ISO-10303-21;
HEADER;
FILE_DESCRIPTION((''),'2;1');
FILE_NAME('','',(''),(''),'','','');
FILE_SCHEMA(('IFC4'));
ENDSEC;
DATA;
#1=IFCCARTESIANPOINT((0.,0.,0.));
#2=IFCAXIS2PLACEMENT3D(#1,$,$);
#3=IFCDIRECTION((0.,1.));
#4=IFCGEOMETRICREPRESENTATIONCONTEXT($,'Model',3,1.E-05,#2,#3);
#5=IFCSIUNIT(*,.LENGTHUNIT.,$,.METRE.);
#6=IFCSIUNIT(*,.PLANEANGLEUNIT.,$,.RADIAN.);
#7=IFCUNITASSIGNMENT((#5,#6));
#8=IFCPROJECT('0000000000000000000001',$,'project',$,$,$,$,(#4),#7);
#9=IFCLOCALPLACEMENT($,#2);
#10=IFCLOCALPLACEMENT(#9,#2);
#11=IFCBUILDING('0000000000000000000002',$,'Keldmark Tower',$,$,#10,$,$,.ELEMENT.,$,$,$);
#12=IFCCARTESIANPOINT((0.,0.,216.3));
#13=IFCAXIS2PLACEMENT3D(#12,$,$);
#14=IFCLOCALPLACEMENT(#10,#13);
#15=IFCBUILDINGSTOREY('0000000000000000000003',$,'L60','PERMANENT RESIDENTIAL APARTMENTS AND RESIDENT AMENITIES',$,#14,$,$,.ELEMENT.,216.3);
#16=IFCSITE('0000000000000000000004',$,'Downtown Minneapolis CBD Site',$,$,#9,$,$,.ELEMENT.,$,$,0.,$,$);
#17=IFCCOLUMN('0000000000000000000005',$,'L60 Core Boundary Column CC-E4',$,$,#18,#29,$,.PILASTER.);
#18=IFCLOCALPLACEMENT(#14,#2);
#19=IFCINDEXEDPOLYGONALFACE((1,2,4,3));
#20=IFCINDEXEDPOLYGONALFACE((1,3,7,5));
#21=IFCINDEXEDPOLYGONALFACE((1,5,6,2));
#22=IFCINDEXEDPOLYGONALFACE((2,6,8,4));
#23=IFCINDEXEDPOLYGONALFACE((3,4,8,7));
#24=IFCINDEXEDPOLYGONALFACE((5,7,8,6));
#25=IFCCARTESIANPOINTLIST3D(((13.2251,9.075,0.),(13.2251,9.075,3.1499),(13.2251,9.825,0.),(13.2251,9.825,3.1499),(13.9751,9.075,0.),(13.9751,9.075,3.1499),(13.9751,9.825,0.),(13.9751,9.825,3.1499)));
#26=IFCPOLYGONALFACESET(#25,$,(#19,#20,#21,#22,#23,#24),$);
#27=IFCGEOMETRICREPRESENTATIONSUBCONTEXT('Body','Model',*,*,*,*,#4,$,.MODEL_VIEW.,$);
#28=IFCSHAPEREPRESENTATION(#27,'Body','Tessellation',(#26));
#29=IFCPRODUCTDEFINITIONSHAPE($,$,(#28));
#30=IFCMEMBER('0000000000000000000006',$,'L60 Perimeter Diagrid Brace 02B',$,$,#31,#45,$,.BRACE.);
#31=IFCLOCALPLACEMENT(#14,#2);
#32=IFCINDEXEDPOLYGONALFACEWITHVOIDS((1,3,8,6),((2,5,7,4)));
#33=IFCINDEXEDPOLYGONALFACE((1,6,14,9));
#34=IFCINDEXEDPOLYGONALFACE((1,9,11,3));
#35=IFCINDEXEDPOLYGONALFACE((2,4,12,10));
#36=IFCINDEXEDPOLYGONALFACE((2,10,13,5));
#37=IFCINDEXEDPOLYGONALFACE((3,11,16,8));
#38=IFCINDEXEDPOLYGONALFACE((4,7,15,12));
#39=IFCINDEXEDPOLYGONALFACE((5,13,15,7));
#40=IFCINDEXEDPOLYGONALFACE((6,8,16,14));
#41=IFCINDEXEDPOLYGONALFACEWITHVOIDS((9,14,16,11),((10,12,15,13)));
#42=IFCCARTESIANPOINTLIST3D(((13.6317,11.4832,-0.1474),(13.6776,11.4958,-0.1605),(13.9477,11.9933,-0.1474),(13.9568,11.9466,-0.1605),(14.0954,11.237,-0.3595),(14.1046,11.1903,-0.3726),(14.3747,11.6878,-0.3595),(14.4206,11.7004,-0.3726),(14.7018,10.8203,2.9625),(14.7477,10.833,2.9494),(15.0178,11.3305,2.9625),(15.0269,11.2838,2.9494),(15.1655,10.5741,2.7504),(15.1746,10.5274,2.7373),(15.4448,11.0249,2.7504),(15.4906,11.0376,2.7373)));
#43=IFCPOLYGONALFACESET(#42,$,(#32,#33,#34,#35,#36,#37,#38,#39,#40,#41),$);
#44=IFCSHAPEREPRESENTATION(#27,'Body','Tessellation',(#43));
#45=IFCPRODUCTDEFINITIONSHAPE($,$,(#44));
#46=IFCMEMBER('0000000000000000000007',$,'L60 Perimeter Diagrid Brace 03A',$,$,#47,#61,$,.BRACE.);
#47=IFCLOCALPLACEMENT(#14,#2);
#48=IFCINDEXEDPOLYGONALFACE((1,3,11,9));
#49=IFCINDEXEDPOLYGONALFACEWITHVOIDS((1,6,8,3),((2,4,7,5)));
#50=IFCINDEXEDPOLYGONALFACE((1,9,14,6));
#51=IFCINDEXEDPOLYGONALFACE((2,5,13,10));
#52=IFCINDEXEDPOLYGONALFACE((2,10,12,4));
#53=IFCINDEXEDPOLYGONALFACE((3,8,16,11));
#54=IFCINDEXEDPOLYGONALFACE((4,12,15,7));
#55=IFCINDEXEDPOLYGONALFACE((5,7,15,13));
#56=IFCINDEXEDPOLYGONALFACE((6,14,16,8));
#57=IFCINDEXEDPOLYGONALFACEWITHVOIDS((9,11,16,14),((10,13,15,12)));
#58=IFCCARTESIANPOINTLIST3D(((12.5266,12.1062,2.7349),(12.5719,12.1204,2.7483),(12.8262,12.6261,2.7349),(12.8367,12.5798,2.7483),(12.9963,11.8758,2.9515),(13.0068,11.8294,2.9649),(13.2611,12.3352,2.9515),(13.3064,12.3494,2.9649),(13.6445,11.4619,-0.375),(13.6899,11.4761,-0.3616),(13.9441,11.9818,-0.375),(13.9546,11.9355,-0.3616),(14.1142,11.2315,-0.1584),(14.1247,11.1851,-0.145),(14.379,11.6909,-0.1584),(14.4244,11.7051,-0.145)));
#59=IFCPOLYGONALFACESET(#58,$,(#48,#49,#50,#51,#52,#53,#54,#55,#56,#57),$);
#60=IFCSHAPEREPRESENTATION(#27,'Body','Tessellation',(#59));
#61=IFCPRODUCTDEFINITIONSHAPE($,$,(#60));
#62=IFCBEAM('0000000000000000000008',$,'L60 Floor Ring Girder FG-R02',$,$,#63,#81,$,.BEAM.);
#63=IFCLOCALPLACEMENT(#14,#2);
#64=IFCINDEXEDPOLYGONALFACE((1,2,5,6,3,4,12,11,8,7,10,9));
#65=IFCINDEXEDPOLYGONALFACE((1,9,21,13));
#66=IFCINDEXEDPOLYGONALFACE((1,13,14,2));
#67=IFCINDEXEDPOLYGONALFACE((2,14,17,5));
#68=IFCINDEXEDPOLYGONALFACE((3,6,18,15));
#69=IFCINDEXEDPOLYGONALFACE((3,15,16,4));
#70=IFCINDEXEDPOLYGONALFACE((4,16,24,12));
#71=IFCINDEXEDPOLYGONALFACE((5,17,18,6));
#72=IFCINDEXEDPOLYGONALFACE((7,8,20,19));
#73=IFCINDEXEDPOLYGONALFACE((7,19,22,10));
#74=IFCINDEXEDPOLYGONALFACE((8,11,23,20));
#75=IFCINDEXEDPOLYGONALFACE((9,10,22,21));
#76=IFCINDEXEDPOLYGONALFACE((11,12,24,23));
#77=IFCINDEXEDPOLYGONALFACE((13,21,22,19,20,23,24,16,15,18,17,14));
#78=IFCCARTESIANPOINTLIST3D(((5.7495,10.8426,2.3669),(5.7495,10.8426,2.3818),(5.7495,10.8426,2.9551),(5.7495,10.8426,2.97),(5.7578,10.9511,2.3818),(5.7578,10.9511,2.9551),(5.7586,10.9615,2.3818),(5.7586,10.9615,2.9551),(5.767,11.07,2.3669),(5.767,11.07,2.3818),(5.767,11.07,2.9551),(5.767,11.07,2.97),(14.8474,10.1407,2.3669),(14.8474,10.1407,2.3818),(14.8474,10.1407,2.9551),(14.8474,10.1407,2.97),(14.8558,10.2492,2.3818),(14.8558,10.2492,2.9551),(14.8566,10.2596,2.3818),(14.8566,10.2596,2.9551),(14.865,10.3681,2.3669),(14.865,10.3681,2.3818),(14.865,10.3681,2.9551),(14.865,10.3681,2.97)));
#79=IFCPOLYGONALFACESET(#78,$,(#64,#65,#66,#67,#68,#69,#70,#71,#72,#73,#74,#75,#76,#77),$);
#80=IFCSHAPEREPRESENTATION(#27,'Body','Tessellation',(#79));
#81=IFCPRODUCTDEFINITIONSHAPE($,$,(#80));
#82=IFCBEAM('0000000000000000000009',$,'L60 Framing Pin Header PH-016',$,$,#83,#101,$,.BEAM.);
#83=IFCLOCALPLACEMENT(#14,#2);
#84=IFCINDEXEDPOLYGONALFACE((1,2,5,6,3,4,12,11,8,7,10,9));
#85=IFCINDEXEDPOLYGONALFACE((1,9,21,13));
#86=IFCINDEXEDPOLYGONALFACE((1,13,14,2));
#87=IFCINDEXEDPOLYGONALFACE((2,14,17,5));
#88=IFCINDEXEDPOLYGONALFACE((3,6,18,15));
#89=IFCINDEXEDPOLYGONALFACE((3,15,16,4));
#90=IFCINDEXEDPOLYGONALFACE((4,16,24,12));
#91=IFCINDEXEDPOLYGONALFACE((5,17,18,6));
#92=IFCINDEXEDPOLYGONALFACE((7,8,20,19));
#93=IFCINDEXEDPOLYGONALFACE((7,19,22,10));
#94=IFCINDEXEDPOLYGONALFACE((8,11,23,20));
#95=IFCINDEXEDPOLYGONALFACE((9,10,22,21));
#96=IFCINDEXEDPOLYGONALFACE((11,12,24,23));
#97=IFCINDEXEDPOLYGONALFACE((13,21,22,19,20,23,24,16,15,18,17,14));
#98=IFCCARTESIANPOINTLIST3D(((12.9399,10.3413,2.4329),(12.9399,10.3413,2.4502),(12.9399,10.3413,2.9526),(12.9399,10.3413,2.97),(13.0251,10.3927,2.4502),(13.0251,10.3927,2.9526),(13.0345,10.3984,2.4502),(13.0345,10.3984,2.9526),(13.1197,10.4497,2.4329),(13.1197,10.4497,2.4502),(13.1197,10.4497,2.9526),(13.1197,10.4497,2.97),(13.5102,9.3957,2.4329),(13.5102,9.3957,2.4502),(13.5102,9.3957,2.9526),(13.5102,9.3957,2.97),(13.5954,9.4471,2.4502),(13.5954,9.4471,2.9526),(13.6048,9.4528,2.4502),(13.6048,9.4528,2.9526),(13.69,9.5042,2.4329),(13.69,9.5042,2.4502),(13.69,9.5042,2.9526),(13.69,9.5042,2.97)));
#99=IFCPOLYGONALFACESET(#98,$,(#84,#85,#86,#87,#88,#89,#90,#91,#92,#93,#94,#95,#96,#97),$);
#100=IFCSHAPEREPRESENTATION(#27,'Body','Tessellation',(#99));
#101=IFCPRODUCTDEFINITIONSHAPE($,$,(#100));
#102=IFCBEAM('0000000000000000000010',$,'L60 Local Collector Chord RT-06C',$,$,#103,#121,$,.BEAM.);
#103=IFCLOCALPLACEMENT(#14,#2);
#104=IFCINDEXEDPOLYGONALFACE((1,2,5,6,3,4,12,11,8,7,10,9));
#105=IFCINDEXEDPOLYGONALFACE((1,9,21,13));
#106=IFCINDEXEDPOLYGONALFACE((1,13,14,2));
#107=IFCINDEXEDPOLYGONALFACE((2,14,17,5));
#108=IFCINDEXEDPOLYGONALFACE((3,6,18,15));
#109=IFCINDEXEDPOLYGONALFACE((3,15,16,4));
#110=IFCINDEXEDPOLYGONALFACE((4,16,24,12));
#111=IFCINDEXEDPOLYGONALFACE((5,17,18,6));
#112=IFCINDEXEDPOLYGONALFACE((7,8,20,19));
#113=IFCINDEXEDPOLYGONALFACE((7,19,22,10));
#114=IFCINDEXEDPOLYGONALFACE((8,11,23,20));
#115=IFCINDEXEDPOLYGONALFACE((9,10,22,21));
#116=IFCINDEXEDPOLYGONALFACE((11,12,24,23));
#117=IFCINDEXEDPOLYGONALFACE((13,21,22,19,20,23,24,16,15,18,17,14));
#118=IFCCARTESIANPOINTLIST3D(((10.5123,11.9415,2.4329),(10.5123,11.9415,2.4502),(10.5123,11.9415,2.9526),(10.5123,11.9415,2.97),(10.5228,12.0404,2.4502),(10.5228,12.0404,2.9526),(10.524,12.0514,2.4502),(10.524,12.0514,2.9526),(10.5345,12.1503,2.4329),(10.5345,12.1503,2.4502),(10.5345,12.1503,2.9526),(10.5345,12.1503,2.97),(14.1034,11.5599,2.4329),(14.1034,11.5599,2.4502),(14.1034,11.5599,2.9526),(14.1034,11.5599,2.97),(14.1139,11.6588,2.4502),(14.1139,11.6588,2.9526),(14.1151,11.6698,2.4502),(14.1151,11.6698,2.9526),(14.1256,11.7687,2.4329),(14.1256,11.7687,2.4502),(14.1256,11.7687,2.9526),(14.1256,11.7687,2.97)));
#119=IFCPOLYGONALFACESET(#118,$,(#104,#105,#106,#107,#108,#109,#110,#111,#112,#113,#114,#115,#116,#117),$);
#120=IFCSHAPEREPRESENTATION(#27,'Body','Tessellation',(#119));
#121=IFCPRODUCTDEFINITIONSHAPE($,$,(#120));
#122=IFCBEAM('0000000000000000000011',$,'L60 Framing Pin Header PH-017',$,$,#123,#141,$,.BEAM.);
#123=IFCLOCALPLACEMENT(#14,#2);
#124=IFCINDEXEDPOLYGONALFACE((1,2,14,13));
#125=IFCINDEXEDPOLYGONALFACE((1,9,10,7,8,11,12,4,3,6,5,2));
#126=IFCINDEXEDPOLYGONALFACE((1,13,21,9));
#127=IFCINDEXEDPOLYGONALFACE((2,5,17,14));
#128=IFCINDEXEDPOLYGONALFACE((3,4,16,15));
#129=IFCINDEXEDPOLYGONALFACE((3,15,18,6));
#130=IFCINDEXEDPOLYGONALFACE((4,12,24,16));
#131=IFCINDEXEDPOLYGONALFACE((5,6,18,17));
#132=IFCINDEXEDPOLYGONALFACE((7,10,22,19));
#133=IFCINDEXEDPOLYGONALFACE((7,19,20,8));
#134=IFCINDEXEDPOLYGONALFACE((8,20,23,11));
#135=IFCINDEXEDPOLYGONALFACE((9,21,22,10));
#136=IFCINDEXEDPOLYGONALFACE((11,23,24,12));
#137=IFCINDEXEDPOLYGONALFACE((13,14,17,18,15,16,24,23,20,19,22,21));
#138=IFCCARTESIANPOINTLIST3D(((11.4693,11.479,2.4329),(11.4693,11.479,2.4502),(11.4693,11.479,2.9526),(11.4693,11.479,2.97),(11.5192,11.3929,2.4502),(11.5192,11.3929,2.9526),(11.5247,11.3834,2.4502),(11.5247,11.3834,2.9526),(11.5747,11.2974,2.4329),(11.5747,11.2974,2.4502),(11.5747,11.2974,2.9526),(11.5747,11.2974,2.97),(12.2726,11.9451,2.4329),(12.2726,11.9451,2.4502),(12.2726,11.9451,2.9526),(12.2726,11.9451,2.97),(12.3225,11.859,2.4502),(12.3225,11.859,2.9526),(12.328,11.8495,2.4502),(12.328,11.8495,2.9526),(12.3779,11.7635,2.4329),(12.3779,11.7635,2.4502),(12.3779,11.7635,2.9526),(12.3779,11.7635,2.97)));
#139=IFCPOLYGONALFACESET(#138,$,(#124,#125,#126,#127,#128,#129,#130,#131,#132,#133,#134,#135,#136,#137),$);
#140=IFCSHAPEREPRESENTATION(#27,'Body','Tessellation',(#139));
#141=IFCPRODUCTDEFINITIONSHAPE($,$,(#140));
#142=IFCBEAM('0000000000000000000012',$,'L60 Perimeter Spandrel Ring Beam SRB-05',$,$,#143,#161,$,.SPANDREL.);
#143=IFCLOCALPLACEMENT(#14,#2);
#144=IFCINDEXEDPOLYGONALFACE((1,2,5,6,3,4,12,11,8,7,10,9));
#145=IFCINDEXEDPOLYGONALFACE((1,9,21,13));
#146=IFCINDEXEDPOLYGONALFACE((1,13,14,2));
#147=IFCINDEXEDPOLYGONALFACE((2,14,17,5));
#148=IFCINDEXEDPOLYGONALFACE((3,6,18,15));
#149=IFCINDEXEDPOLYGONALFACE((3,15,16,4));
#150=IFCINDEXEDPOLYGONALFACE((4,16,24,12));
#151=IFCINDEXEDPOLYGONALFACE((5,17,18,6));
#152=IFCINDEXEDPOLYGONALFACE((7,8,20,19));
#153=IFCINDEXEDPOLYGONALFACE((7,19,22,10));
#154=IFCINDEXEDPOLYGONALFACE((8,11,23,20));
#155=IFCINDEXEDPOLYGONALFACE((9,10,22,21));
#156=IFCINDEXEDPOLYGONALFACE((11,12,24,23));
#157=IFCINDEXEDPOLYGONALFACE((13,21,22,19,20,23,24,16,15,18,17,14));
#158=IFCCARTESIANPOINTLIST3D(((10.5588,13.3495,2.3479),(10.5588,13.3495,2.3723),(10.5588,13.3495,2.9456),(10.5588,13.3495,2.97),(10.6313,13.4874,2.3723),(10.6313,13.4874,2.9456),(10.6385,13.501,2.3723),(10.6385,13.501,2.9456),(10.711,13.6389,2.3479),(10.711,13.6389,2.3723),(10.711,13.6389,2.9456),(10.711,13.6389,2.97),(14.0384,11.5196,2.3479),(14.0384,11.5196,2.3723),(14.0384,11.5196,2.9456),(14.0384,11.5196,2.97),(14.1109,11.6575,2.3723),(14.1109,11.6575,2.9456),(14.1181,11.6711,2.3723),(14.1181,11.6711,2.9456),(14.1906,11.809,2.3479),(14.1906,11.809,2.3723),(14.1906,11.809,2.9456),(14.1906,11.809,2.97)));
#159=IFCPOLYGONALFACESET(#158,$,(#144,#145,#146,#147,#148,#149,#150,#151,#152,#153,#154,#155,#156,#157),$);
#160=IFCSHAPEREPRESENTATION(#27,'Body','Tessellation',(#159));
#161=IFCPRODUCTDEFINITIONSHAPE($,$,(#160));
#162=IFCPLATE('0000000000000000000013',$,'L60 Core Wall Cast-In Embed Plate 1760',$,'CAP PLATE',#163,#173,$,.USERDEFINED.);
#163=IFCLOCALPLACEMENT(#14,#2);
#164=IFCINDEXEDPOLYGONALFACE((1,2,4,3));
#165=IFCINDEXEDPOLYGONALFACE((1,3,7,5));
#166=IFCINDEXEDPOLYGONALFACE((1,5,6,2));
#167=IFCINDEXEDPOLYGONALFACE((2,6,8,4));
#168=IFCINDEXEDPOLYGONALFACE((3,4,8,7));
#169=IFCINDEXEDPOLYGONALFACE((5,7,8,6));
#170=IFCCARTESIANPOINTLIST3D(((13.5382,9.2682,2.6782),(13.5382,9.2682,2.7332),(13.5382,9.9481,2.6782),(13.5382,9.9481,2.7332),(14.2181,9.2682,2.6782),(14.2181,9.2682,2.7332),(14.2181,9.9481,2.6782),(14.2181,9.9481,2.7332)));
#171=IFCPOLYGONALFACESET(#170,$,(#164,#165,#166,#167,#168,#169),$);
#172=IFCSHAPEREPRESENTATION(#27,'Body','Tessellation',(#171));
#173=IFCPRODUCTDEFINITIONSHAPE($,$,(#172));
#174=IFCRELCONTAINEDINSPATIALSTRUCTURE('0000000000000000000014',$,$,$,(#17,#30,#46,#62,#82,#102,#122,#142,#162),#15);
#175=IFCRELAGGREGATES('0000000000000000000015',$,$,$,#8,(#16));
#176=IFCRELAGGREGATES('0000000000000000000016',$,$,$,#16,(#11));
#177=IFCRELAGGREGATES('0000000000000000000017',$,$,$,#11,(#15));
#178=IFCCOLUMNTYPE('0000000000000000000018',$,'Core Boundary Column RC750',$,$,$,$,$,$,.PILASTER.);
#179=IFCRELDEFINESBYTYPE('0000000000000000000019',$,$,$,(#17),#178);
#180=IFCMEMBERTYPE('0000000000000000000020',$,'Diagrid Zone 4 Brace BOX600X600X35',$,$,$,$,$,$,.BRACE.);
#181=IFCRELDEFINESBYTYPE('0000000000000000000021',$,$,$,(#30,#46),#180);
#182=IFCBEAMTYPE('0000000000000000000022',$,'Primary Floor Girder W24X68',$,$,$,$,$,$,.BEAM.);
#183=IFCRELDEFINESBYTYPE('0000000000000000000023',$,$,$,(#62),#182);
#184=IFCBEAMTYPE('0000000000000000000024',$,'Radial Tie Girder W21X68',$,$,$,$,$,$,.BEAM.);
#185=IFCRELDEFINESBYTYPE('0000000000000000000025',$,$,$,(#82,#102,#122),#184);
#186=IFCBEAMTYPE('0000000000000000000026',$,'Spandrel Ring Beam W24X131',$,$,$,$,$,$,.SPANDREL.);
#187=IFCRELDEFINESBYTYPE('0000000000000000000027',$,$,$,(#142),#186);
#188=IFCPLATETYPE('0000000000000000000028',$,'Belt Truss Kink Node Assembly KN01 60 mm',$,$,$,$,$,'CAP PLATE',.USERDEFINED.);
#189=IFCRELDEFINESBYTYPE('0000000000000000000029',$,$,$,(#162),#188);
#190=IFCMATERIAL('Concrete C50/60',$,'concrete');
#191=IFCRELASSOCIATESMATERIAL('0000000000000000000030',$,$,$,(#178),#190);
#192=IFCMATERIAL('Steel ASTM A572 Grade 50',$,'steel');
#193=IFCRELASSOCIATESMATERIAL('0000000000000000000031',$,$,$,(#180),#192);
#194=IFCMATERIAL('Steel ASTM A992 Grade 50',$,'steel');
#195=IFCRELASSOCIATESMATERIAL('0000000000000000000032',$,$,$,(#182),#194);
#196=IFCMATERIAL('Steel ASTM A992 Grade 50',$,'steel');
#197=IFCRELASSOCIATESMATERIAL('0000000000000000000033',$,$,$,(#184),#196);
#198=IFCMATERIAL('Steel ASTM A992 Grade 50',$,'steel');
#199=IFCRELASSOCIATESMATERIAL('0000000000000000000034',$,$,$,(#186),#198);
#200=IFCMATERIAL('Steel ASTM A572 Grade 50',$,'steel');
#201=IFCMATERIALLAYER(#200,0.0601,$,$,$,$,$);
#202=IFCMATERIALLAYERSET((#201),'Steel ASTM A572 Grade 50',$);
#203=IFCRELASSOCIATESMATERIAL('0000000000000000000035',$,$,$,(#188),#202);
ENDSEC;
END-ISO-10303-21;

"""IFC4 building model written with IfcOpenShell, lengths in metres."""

from ifc_helpers import new_model, si_unit, direction, frame, origin, origin_2d, place, context, subcontext, project, spatial, rectangle, hollow_rectangle, i_section, extrude, material, layer, layer_set, material_profile, profile_set, type_object, element, save


model = new_model("IFC4")

# Units and contexts
model_context = context("Model", 3, precision=1e-05, world=origin(), true_north=direction((0.0, 1.0)))
body_context = subcontext(model_context, "Body", "Model", "MODEL_VIEW")
ifc_project = project(units=[si_unit("LENGTHUNIT", "METRE"), si_unit("PLANEANGLEUNIT", "RADIAN")], contexts=[model_context])

# Site, building, storey
site_placement = place(None, origin())
site = spatial("IfcSite", under=ifc_project, at=site_placement, Name="Downtown Minneapolis CBD Site", CompositionType="ELEMENT", RefElevation=0.0)
building_placement = place(site_placement, origin())
building = spatial("IfcBuilding", under=site, at=building_placement, Name="Keldmark Tower", CompositionType="ELEMENT")
storey_placement = place(building_placement, frame((0.0, 0.0, 216.3)))
storey = spatial("IfcBuildingStorey", under=building, at=storey_placement, Name="L60", Description="PERMANENT RESIDENTIAL APARTMENTS AND RESIDENT AMENITIES", CompositionType="ELEMENT", Elevation=216.3)

# Column
ifc_material_1 = material(Name="Concrete C50/60", Category="concrete")
ifc_material_profile_1 = material_profile(ifc_material_1, rectangle(XDim=0.75, YDim=0.75, at=origin_2d()), Name="RC750X750")
ifc_profile_set_1 = profile_set([ifc_material_profile_1], Name="Concrete C50/60")
column_type = type_object("IfcColumnType", Name="Core Boundary Column RC750", PredefinedType="PILASTER", material=ifc_profile_set_1)
column_placement = place(storey_placement, frame((13.6001, 9.45, 0.0), z_axis=(0.0, 0.0, 1.0), x_axis=(1.0, 0.0, 0.0)))
element("IfcColumn", 1, at=column_placement, inside=storey, type_object=column_type, Name="L60 Core Boundary Column CC-E4", PredefinedType="PILASTER", context=body_context, shape_type="SweptSolid", body=[
    extrude(rectangle(XDim=0.75, YDim=0.75, at=origin_2d()), origin(), (0.0, 0.0, 1.0), 3.1499),
])

# Members
ifc_material_2 = material(Name="Steel ASTM A572 Grade 50", Category="steel")
ifc_material_profile_2 = material_profile(ifc_material_2, hollow_rectangle(XDim=0.6001, YDim=0.6001, WallThickness=0.0349, at=origin_2d()), Name="BOX600X600X35")
ifc_profile_set_2 = profile_set([ifc_material_profile_2], Name="Steel ASTM A572 Grade 50")
member_type = type_object("IfcMemberType", Name="Diagrid Zone 4 Brace BOX600X600X35", PredefinedType="BRACE", material=ifc_profile_set_2)
member_1_placement = place(storey_placement, frame((14.0261, 11.5918, -0.26), z_axis=(0.318953, -0.197572, 0.926949), x_axis=(0.526595, 0.850116, 0.0)))
element("IfcMember", 2, at=member_1_placement, inside=storey, type_object=member_type, Name="L60 Perimeter Diagrid Brace 02B", PredefinedType="BRACE", context=body_context, shape_type="SweptSolid", body=[
    extrude(hollow_rectangle(XDim=0.6001, YDim=0.6001, WallThickness=0.0349, at=origin_2d()), origin(), (0.0, 0.0, 1.0), 3.355),
])
member_2_placement = place(storey_placement, frame((14.0344, 11.5835, -0.26), z_axis=(-0.332031, 0.191358, 0.923654), x_axis=(-0.499335, -0.866409, 0.0)))
element("IfcMember", 3, at=member_2_placement, inside=storey, type_object=member_type, Name="L60 Perimeter Diagrid Brace 03A", PredefinedType="BRACE", context=body_context, shape_type="SweptSolid", body=[
    extrude(hollow_rectangle(XDim=0.6001, YDim=0.6001, WallThickness=0.0349, at=origin_2d()), origin(), (0.0, 0.0, 1.0), 3.3669),
])

# Beams
ifc_material_3 = material(Name="Steel ASTM A992 Grade 50", Category="steel")
ifc_material_profile_3 = material_profile(ifc_material_3, i_section(OverallWidth=0.228, OverallDepth=0.603, WebThickness=0.0105, FlangeThickness=0.0149, at=origin_2d()), Name="W24X68")
ifc_profile_set_3 = profile_set([ifc_material_profile_3], Name="Steel ASTM A992 Grade 50")
beam_type_1 = type_object("IfcBeamType", Name="Primary Floor Girder W24X68", PredefinedType="BEAM", material=ifc_profile_set_3)
beam_1_placement = place(storey_placement, frame((14.8562, 10.2544, 2.6685), z_axis=(-0.997037, 0.076922, 0.0), x_axis=(-0.076922, -0.997037, 0.0)))
element("IfcBeam", 4, at=beam_1_placement, inside=storey, type_object=beam_type_1, Name="L60 Floor Ring Girder FG-R02", PredefinedType="BEAM", context=body_context, shape_type="SweptSolid", body=[
    extrude(i_section(OverallWidth=0.228, OverallDepth=0.603, WebThickness=0.0105, FlangeThickness=0.0149, at=origin_2d()), origin(), (0.0, 0.0, 1.0), 9.125),
])
ifc_material_4 = material(Name="Steel ASTM A992 Grade 50", Category="steel")
ifc_material_profile_4 = material_profile(ifc_material_4, i_section(OverallWidth=0.21, OverallDepth=0.5371, WebThickness=0.011, FlangeThickness=0.0173, at=origin_2d()), Name="W21X68")
ifc_profile_set_4 = profile_set([ifc_material_profile_4], Name="Steel ASTM A992 Grade 50")
beam_type_2 = type_object("IfcBeamType", Name="Radial Tie Girder W21X68", PredefinedType="BEAM", material=ifc_profile_set_4)
beam_2_placement = place(storey_placement, frame((13.6001, 9.45, 2.7014), z_axis=(-0.516478, 0.856301, 0.0), x_axis=(-0.856301, -0.516478, 0.0)))
element("IfcBeam", 5, at=beam_2_placement, inside=storey, type_object=beam_type_2, Name="L60 Framing Pin Header PH-016", PredefinedType="BEAM", context=body_context, shape_type="SweptSolid", body=[
    extrude(i_section(OverallWidth=0.21, OverallDepth=0.5371, WebThickness=0.011, FlangeThickness=0.0173, at=origin_2d()), origin(), (0.0, 0.0, 1.0), 1.1042),
])
beam_3_placement = place(storey_placement, frame((14.1145, 11.6643, 2.7014), z_axis=(-0.994402, 0.105667, 0.0), x_axis=(-0.105667, -0.994402, 0.0)))
element("IfcBeam", 6, at=beam_3_placement, inside=storey, type_object=beam_type_2, Name="L60 Local Collector Chord RT-06C", PredefinedType="BEAM", context=body_context, shape_type="SweptSolid", body=[
    extrude(i_section(OverallWidth=0.21, OverallDepth=0.5371, WebThickness=0.011, FlangeThickness=0.0173, at=origin_2d()), origin(), (0.0, 0.0, 1.0), 3.6113),
])
beam_4_placement = place(storey_placement, frame((11.522, 11.3882, 2.7014), z_axis=(0.86494, 0.501875, 0.0), x_axis=(-0.501875, 0.86494, 0.0)))
element("IfcBeam", 7, at=beam_4_placement, inside=storey, type_object=beam_type_2, Name="L60 Framing Pin Header PH-017", PredefinedType="BEAM", context=body_context, shape_type="SweptSolid", body=[
    extrude(i_section(OverallWidth=0.21, OverallDepth=0.5371, WebThickness=0.011, FlangeThickness=0.0173, at=origin_2d()), origin(), (0.0, 0.0, 1.0), 0.9287),
])
ifc_material_5 = material(Name="Steel ASTM A992 Grade 50", Category="steel")
ifc_material_profile_5 = material_profile(ifc_material_5, i_section(OverallWidth=0.3269, OverallDepth=0.6221, WebThickness=0.0154, FlangeThickness=0.0244, at=origin_2d()), Name="W24X131")
ifc_profile_set_5 = profile_set([ifc_material_profile_5], Name="Steel ASTM A992 Grade 50")
beam_type_3 = type_object("IfcBeamType", Name="Spandrel Ring Beam W24X131", PredefinedType="SPANDREL", material=ifc_profile_set_5)
beam_5_placement = place(storey_placement, frame((14.1145, 11.6643, 2.6589), z_axis=(-0.885073, 0.465452, 0.0), x_axis=(-0.465452, -0.885073, 0.0)))
element("IfcBeam", 8, at=beam_5_placement, inside=storey, type_object=beam_type_3, Name="L60 Perimeter Spandrel Ring Beam SRB-05", PredefinedType="SPANDREL", context=body_context, shape_type="SweptSolid", body=[
    extrude(i_section(OverallWidth=0.3269, OverallDepth=0.6221, WebThickness=0.0154, FlangeThickness=0.0244, at=origin_2d()), origin(), (0.0, 0.0, 1.0), 3.9314),
])

# Plate
ifc_material_6 = material(Name="Steel ASTM A572 Grade 50", Category="steel")
ifc_layer_1 = layer(ifc_material_6, 0.0601)
ifc_layer_set_1 = layer_set([ifc_layer_1], Name="Steel ASTM A572 Grade 50")
plate_type_1 = type_object("IfcPlateType", Name="Belt Truss Kink Node Assembly KN01 60 mm", ElementType="CAP PLATE", PredefinedType="USERDEFINED", material=ifc_layer_set_1)
for number, where, z_axis, x_axis, name in (
    (9, (13.8782, 9.6082, 2.6782), (0.0, 0.0, 1.0), (1.0, 0.0, 0.0), "L60 Core Wall Cast-In Embed Plate 1760"),
):
    element("IfcPlate", number, at=place(storey_placement, frame(where, z_axis=z_axis, x_axis=x_axis)), inside=storey, type_object=plate_type_1, Name=name, ObjectType="CAP PLATE", PredefinedType="USERDEFINED", context=body_context, shape_type="SweptSolid", body=[
        extrude(rectangle(XDim=0.6799, YDim=0.6799, at=origin_2d()), origin(), (0.0, 0.0, 1.0), 0.0549),
    ])

save(model, "model.ifc")
